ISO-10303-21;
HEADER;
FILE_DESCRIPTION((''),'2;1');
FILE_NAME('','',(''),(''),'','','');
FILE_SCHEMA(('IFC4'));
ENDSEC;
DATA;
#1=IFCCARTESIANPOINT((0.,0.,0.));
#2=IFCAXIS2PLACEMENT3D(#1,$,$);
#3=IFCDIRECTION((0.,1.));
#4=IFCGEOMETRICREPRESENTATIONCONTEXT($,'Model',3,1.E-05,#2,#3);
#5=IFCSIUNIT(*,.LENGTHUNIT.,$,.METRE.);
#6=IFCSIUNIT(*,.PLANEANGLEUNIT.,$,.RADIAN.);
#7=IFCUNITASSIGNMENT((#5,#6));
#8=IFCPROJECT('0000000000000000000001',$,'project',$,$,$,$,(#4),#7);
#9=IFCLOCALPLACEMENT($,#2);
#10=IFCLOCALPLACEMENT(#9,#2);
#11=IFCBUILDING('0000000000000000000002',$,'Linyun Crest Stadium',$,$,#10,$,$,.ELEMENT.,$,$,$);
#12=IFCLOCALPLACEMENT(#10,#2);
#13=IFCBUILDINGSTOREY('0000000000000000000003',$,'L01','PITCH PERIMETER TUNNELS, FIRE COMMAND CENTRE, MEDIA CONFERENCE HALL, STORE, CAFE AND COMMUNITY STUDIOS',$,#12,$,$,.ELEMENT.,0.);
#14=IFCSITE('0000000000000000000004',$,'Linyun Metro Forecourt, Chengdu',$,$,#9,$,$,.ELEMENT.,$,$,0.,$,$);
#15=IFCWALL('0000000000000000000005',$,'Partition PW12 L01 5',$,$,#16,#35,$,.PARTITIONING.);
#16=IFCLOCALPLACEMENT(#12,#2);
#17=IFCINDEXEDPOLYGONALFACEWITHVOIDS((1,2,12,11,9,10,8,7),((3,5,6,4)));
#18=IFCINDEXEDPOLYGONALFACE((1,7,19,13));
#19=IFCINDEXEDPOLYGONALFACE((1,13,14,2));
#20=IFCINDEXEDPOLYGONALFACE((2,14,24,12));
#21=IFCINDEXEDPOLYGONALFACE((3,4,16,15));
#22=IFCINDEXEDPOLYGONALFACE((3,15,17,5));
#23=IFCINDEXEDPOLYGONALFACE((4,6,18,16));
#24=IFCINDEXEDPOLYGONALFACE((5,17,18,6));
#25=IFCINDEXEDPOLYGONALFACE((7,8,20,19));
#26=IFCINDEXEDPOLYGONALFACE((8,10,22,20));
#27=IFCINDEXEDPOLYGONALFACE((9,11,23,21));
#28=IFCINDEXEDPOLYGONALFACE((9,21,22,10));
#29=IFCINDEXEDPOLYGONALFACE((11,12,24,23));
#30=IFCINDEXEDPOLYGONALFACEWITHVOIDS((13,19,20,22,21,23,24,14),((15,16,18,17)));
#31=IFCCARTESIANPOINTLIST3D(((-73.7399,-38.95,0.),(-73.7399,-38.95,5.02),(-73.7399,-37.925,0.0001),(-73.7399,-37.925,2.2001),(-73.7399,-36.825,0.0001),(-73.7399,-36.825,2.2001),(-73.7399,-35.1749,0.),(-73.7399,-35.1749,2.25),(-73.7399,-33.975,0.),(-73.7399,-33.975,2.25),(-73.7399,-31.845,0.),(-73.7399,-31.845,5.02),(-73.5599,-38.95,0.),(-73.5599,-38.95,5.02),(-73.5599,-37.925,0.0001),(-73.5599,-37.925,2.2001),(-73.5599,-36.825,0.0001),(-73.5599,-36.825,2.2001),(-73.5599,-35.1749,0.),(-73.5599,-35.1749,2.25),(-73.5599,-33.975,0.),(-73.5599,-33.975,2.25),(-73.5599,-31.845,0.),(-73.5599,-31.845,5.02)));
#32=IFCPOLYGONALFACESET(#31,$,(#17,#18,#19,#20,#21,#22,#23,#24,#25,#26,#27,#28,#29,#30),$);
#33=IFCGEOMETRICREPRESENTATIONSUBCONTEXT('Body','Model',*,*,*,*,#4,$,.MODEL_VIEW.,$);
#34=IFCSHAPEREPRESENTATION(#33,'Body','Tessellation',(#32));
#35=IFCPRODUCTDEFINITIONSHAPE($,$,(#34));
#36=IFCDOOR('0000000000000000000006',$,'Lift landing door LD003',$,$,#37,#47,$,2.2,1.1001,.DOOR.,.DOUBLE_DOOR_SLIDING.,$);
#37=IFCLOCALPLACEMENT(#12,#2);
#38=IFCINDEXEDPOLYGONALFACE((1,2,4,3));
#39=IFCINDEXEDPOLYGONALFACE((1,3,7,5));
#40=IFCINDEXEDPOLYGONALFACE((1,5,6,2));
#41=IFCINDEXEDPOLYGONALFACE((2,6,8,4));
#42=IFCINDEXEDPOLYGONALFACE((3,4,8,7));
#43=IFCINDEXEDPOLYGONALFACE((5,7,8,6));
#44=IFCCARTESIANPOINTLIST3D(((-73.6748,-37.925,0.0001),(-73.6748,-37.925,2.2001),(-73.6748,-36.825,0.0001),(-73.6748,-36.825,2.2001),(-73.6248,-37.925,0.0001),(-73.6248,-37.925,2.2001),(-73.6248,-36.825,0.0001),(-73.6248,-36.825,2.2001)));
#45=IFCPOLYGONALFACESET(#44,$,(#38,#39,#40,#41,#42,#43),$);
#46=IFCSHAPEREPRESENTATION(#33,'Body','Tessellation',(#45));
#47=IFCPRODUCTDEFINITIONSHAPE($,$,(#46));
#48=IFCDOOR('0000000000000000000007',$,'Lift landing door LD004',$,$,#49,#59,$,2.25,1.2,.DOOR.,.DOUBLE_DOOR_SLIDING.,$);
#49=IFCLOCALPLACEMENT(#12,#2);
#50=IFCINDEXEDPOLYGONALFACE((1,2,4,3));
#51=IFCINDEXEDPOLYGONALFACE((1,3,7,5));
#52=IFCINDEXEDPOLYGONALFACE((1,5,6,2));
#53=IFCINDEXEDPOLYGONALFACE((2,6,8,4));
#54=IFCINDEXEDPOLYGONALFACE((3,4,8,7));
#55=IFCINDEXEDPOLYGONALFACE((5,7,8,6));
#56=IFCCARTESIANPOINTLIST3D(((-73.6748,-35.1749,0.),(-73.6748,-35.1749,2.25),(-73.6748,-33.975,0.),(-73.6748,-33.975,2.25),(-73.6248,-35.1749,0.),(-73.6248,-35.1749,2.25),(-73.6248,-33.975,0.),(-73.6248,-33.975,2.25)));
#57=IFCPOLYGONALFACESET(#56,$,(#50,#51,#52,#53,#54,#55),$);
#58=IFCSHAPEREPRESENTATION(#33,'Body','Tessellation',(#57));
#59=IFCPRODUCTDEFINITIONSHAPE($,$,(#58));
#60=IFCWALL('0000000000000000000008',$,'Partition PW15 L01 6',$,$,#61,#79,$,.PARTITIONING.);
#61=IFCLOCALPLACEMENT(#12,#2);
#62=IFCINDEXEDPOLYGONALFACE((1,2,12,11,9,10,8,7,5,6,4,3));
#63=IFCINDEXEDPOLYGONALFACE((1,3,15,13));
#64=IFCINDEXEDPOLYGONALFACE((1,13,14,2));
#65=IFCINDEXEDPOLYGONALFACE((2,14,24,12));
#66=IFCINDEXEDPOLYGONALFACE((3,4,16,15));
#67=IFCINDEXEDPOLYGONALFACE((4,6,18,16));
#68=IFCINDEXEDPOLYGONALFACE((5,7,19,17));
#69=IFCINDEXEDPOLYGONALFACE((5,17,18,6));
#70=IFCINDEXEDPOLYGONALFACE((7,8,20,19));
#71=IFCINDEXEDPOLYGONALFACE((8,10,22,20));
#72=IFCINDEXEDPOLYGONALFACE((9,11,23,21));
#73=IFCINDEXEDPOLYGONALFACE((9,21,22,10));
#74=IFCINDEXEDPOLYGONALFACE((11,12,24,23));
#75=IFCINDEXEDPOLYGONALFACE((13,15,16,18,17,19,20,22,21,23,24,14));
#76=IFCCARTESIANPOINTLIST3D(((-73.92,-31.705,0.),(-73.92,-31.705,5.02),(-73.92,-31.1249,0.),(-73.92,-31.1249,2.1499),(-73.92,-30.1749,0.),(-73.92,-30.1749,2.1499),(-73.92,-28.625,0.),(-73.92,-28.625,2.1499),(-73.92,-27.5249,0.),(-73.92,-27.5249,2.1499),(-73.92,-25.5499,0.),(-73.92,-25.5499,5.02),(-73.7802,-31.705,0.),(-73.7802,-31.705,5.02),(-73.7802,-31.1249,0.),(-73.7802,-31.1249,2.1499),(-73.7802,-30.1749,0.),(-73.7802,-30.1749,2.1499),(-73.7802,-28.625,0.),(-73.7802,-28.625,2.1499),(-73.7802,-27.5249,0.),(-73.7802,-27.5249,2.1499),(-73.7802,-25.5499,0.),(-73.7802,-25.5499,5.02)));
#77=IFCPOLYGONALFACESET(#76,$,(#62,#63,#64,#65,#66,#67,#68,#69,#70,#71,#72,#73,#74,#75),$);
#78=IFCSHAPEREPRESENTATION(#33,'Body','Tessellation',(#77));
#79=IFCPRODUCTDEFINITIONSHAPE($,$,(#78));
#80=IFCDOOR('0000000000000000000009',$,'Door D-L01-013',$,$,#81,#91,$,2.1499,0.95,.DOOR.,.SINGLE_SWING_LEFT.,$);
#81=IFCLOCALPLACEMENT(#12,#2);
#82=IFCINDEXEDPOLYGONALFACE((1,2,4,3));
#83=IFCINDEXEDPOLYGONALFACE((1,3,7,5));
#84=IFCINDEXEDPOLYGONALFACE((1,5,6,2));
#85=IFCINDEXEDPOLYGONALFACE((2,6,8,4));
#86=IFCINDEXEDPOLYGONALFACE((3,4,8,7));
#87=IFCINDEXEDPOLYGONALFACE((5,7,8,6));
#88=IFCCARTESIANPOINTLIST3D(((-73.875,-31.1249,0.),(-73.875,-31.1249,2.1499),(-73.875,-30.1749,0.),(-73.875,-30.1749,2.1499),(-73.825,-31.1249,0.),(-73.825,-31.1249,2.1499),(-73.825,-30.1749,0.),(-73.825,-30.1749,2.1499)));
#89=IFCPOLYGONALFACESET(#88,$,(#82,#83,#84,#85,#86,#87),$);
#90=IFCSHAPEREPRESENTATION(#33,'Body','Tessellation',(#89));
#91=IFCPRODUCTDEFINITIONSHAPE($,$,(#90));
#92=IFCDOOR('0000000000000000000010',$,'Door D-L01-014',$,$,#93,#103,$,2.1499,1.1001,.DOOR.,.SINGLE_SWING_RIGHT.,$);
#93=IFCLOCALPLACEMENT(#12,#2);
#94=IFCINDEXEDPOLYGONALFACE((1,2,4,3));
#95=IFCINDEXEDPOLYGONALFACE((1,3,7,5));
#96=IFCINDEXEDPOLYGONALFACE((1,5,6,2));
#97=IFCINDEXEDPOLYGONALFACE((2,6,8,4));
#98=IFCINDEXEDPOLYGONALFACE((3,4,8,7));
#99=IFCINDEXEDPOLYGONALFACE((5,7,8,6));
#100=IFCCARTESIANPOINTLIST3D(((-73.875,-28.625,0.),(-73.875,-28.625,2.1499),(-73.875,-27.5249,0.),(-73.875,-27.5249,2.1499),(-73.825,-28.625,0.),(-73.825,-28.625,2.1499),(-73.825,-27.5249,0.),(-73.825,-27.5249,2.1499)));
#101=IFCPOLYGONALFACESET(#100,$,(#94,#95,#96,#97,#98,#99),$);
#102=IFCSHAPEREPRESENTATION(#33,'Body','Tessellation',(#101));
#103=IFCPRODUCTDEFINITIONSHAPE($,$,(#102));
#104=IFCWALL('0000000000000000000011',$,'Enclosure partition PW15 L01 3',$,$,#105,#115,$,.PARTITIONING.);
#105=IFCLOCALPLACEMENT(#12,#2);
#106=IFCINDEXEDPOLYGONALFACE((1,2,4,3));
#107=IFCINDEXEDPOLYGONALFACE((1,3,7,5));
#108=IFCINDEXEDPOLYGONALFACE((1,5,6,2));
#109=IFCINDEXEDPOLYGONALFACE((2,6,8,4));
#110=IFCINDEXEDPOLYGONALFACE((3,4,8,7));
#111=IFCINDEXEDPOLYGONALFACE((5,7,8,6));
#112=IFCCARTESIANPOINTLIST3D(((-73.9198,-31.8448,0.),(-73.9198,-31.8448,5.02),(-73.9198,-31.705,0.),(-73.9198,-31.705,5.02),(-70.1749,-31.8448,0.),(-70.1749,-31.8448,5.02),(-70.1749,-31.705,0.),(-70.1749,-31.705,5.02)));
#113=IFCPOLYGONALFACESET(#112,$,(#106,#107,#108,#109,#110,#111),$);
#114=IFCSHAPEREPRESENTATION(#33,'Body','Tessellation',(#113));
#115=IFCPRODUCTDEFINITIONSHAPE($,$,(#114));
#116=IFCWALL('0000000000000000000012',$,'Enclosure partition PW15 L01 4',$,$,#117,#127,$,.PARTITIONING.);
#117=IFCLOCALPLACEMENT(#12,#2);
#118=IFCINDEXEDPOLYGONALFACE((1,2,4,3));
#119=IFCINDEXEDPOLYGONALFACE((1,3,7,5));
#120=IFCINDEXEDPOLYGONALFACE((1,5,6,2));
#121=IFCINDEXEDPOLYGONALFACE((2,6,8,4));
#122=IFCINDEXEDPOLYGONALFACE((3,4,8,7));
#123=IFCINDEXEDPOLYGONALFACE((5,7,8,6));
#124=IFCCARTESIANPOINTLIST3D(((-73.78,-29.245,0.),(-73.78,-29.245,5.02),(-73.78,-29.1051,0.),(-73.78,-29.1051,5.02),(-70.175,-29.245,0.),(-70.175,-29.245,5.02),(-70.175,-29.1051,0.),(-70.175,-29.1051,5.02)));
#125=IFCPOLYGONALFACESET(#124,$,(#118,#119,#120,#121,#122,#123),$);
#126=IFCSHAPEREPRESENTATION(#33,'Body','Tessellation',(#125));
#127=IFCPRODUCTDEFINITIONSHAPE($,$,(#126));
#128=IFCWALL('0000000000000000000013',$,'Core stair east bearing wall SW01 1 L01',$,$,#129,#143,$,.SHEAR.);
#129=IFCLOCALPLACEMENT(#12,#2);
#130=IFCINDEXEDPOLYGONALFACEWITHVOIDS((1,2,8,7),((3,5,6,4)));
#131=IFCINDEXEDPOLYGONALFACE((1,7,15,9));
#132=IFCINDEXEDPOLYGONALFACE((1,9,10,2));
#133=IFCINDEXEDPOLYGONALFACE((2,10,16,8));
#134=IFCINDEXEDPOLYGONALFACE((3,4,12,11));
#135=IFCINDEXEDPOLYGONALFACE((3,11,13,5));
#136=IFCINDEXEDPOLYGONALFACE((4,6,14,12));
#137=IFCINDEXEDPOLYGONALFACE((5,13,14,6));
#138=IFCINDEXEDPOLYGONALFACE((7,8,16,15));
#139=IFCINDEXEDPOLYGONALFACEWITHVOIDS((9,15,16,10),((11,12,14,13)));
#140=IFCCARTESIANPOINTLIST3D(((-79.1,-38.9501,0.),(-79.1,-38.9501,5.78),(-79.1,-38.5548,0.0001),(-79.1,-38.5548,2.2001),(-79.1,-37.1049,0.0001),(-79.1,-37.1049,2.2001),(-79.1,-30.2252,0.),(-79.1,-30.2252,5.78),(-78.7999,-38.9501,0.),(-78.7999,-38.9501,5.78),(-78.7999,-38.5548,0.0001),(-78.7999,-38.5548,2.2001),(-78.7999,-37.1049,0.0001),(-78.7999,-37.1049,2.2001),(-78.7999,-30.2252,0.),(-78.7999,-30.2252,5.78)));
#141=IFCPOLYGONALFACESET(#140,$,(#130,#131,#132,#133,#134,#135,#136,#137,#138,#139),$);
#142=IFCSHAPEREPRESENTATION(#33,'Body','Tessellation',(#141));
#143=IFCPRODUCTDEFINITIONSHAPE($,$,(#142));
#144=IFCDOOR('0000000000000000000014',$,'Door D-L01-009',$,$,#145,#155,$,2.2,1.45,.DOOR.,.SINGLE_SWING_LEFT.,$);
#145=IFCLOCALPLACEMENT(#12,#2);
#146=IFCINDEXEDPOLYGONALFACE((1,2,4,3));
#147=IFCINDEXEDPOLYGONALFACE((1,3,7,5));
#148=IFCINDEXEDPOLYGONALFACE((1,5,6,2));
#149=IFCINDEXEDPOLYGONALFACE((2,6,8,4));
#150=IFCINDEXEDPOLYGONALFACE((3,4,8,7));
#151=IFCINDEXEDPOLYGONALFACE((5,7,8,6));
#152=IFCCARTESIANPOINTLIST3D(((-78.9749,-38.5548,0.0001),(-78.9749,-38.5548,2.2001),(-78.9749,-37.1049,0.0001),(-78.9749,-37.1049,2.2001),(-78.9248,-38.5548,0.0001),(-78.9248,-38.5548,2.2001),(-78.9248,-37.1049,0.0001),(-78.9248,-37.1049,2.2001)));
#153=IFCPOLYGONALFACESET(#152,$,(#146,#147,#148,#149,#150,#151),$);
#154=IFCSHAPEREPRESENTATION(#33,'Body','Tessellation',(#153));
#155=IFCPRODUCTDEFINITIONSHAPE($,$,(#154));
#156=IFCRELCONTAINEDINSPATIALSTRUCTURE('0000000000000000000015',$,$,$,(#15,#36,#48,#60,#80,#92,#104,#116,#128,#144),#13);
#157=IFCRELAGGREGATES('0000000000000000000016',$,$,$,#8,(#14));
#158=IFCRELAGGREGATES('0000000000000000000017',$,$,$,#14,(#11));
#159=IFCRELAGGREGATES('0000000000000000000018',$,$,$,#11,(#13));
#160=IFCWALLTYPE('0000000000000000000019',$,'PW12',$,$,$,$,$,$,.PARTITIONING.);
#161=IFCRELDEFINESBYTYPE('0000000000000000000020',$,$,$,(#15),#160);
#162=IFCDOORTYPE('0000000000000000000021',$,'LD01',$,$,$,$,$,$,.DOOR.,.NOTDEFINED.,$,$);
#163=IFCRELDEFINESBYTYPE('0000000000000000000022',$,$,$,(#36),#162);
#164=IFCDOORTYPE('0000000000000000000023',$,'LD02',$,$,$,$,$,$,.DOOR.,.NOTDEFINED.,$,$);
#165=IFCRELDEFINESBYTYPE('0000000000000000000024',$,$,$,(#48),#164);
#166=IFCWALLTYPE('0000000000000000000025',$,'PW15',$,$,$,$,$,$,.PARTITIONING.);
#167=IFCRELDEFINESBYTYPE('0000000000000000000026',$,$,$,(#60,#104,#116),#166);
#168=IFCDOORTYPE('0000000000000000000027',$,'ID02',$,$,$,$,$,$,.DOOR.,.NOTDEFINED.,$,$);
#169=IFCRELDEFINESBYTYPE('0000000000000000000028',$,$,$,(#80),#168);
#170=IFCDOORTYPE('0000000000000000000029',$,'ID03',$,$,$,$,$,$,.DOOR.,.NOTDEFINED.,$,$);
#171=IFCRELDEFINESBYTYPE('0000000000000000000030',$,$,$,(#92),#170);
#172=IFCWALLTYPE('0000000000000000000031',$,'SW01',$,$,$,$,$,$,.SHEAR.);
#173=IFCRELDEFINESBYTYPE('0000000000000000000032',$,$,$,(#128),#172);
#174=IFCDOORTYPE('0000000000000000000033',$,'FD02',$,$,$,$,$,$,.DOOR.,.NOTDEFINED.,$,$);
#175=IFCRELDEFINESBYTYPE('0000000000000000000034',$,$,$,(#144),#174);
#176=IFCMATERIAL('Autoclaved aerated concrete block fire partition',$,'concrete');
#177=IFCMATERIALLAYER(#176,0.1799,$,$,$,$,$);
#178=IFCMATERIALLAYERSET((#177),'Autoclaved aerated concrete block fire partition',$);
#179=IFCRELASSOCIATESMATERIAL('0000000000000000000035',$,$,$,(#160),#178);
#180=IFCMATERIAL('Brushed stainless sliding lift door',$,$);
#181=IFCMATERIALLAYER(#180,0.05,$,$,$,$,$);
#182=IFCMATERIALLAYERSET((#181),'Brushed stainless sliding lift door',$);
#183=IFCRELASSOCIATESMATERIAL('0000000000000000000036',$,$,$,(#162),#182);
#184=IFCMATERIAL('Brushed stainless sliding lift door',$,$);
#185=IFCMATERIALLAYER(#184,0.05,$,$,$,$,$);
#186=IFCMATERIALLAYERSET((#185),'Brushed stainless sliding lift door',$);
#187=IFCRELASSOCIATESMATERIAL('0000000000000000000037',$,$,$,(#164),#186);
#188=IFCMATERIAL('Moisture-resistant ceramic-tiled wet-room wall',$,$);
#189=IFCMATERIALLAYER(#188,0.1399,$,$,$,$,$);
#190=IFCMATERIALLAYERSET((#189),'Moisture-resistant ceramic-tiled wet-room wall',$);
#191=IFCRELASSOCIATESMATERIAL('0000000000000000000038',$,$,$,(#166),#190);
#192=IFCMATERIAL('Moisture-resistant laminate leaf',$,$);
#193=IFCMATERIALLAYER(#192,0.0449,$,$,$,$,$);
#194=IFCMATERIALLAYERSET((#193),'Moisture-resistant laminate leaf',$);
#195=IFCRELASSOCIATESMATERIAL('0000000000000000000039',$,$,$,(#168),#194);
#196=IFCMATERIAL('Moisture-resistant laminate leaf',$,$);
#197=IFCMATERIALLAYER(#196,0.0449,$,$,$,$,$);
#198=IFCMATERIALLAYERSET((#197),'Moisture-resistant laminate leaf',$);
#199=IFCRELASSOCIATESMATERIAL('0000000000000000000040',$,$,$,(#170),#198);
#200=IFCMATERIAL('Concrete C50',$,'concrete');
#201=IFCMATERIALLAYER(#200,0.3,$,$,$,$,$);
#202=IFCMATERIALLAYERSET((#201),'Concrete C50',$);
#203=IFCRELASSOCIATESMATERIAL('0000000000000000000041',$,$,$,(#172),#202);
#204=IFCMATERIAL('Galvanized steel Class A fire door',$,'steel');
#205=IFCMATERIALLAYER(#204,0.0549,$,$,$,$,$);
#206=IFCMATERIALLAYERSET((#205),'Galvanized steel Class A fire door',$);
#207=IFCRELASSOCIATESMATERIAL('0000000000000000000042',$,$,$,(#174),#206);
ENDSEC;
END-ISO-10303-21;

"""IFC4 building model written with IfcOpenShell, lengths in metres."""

from ifc_helpers import new_model, si_unit, direction, frame, frame_2d, origin, place, context, subcontext, project, spatial, rectangle, extrude, material, layer, layer_set, type_object, element, fill, save


model = new_model("IFC4")

# Units and contexts
model_context = context("Model", 3, precision=1e-05, world=origin(), true_north=direction((0.0, 1.0)))
body_context = subcontext(model_context, "Body", "Model", "MODEL_VIEW")
ifc_project = project(units=[si_unit("LENGTHUNIT", "METRE"), si_unit("PLANEANGLEUNIT", "RADIAN")], contexts=[model_context])

# Site, building, storey
site_placement = place(None, origin())
site = spatial("IfcSite", under=ifc_project, at=site_placement, Name="Linyun Metro Forecourt, Chengdu", CompositionType="ELEMENT", RefElevation=0.0)
building_placement = place(site_placement, origin())
building = spatial("IfcBuilding", under=site, at=building_placement, Name="Linyun Crest Stadium", CompositionType="ELEMENT")
storey_placement = place(building_placement, origin())
storey = spatial("IfcBuildingStorey", under=building, at=storey_placement, Name="L01", Description="PITCH PERIMETER TUNNELS, FIRE COMMAND CENTRE, MEDIA CONFERENCE HALL, STORE, CAFE AND COMMUNITY STUDIOS", CompositionType="ELEMENT", Elevation=0.0)

# Walls, openings, doors
ifc_material_1 = material(Name="Autoclaved aerated concrete block fire partition", Category="concrete")
ifc_layer_1 = layer(ifc_material_1, 0.1799)
ifc_layer_set_1 = layer_set([ifc_layer_1], Name="Autoclaved aerated concrete block fire partition")
wall_type_1 = type_object("IfcWallType", Name="PW12", PredefinedType="PARTITIONING", material=ifc_layer_set_1)
wall_1_placement = place(storey_placement, frame((-73.6499, -38.95, 0.0), z_axis=(0.0, 0.0, 1.0), x_axis=(0.0, 1.0, 0.0)))
wall_1 = element("IfcWall", 1, at=wall_1_placement, inside=storey, type_object=wall_type_1, Name="Partition PW12 L01 5", PredefinedType="PARTITIONING", context=body_context, shape_type="SweptSolid", body=[
    extrude(rectangle(XDim=7.105, YDim=0.1799, at=frame_2d((3.5525, 0.0))), origin(), (0.0, 0.0, 1.0), 5.02),
])
opening_1_placement = place(wall_1_placement, frame((1.0249, 0.0, 0.0)))
opening_1 = element("IfcOpeningElement", 2, at=opening_1_placement, cuts=wall_1, PredefinedType="OPENING", context=body_context, shape_type="SweptSolid", body=[
    extrude(rectangle(XDim=1.1001, YDim=2.2, at=frame_2d((0.55, 1.1001))), frame((0.0, 0.0999, 0.0), z_axis=(0.0, -1.0, 0.0), x_axis=(1.0, 0.0, 0.0)), (0.0, 0.0, 1.0), 0.2),
])
opening_2_placement = place(wall_1_placement, frame((3.7749, 0.0, 0.0)))
opening_2 = element("IfcOpeningElement", 3, at=opening_2_placement, cuts=wall_1, PredefinedType="OPENING", context=body_context, shape_type="SweptSolid", body=[
    extrude(rectangle(XDim=1.2, YDim=2.25, at=frame_2d((0.6001, 1.125))), frame((0.0, 0.0999, 0.0), z_axis=(0.0, -1.0, 0.0), x_axis=(1.0, 0.0, 0.0)), (0.0, 0.0, 1.0), 0.2),
])
ifc_material_2 = material(Name="Brushed stainless sliding lift door")
ifc_layer_2 = layer(ifc_material_2, 0.05)
ifc_layer_set_2 = layer_set([ifc_layer_2], Name="Brushed stainless sliding lift door")
door_type_1 = type_object("IfcDoorType", Name="LD01", OperationType="NOTDEFINED", PredefinedType="DOOR", material=ifc_layer_set_2)
door_1_placement = place(opening_1_placement, origin())
door_1 = element("IfcDoor", 4, at=door_1_placement, inside=storey, type_object=door_type_1, Name="Lift landing door LD003", OperationType="DOUBLE_DOOR_SLIDING", OverallHeight=2.2, OverallWidth=1.1001, PredefinedType="DOOR", context=body_context, shape_type="SweptSolid", body=[
    extrude(rectangle(XDim=1.1001, YDim=2.2, at=frame_2d((0.55, 1.1001))), frame((0.0, 0.0249, 0.0), z_axis=(0.0, -1.0, 0.0), x_axis=(1.0, 0.0, 0.0)), (0.0, 0.0, 1.0), 0.05),
])
fill(opening_1, door_1)
ifc_material_3 = material(Name="Brushed stainless sliding lift door")
ifc_layer_3 = layer(ifc_material_3, 0.05)
ifc_layer_set_3 = layer_set([ifc_layer_3], Name="Brushed stainless sliding lift door")
door_type_2 = type_object("IfcDoorType", Name="LD02", OperationType="NOTDEFINED", PredefinedType="DOOR", material=ifc_layer_set_3)
door_2_placement = place(opening_2_placement, origin())
door_2 = element("IfcDoor", 5, at=door_2_placement, inside=storey, type_object=door_type_2, Name="Lift landing door LD004", OperationType="DOUBLE_DOOR_SLIDING", OverallHeight=2.25, OverallWidth=1.2, PredefinedType="DOOR", context=body_context, shape_type="SweptSolid", body=[
    extrude(rectangle(XDim=1.2, YDim=2.25, at=frame_2d((0.6001, 1.125))), frame((0.0, 0.0249, 0.0), z_axis=(0.0, -1.0, 0.0), x_axis=(1.0, 0.0, 0.0)), (0.0, 0.0, 1.0), 0.05),
])
fill(opening_2, door_2)
ifc_material_4 = material(Name="Moisture-resistant ceramic-tiled wet-room wall")
ifc_layer_4 = layer(ifc_material_4, 0.1399)
ifc_layer_set_4 = layer_set([ifc_layer_4], Name="Moisture-resistant ceramic-tiled wet-room wall")
wall_type_2 = type_object("IfcWallType", Name="PW15", PredefinedType="PARTITIONING", material=ifc_layer_set_4)
wall_2_placement = place(storey_placement, frame((-73.8501, -31.7051, 0.0), z_axis=(0.0, 0.0, 1.0), x_axis=(0.0, 1.0, 0.0)))
wall_2 = element("IfcWall", 6, at=wall_2_placement, inside=storey, type_object=wall_type_2, Name="Partition PW15 L01 6", PredefinedType="PARTITIONING", context=body_context, shape_type="SweptSolid", body=[
    extrude(rectangle(XDim=6.155, YDim=0.1399, at=frame_2d((3.0776, 0.0))), origin(), (0.0, 0.0, 1.0), 5.02),
])
opening_3_placement = place(wall_2_placement, frame((0.5801, 0.0, 0.0)))
opening_3 = element("IfcOpeningElement", 7, at=opening_3_placement, cuts=wall_2, PredefinedType="OPENING", context=body_context, shape_type="SweptSolid", body=[
    extrude(rectangle(XDim=0.95, YDim=2.1499, at=frame_2d((0.4751, 1.075))), frame((0.0, 0.0798, 0.0), z_axis=(0.0, -1.0, 0.0), x_axis=(1.0, 0.0, 0.0)), (0.0, 0.0, 1.0), 0.1599),
])
opening_4_placement = place(wall_2_placement, frame((3.0801, 0.0, 0.0)))
opening_4 = element("IfcOpeningElement", 8, at=opening_4_placement, cuts=wall_2, PredefinedType="OPENING", context=body_context, shape_type="SweptSolid", body=[
    extrude(rectangle(XDim=1.1001, YDim=2.1499, at=frame_2d((0.55, 1.075))), frame((0.0, 0.0798, 0.0), z_axis=(0.0, -1.0, 0.0), x_axis=(1.0, 0.0, 0.0)), (0.0, 0.0, 1.0), 0.1599),
])
ifc_material_5 = material(Name="Moisture-resistant laminate leaf")
ifc_layer_5 = layer(ifc_material_5, 0.0449)
ifc_layer_set_5 = layer_set([ifc_layer_5], Name="Moisture-resistant laminate leaf")
door_type_3 = type_object("IfcDoorType", Name="ID02", OperationType="NOTDEFINED", PredefinedType="DOOR", material=ifc_layer_set_5)
door_3_placement = place(opening_3_placement, origin())
door_3 = element("IfcDoor", 9, at=door_3_placement, inside=storey, type_object=door_type_3, Name="Door D-L01-013", OperationType="SINGLE_SWING_LEFT", OverallHeight=2.1499, OverallWidth=0.95, PredefinedType="DOOR", context=body_context, shape_type="SweptSolid", body=[
    extrude(rectangle(XDim=0.95, YDim=2.1499, at=frame_2d((0.4751, 1.075))), frame((0.0, 0.0249, 0.0), z_axis=(0.0, -1.0, 0.0), x_axis=(1.0, 0.0, 0.0)), (0.0, 0.0, 1.0), 0.05),
])
fill(opening_3, door_3)
ifc_material_6 = material(Name="Moisture-resistant laminate leaf")
ifc_layer_6 = layer(ifc_material_6, 0.0449)
ifc_layer_set_6 = layer_set([ifc_layer_6], Name="Moisture-resistant laminate leaf")
door_type_4 = type_object("IfcDoorType", Name="ID03", OperationType="NOTDEFINED", PredefinedType="DOOR", material=ifc_layer_set_6)
door_4_placement = place(opening_4_placement, origin())
door_4 = element("IfcDoor", 10, at=door_4_placement, inside=storey, type_object=door_type_4, Name="Door D-L01-014", OperationType="SINGLE_SWING_RIGHT", OverallHeight=2.1499, OverallWidth=1.1001, PredefinedType="DOOR", context=body_context, shape_type="SweptSolid", body=[
    extrude(rectangle(XDim=1.1001, YDim=2.1499, at=frame_2d((0.55, 1.075))), frame((0.0, 0.0249, 0.0), z_axis=(0.0, -1.0, 0.0), x_axis=(1.0, 0.0, 0.0)), (0.0, 0.0, 1.0), 0.05),
])
fill(opening_4, door_4)

# Walls
wall_3_placement = place(storey_placement, frame((-73.9199, -31.7749, 0.0), z_axis=(0.0, 0.0, 1.0), x_axis=(1.0, 0.0, 0.0)))
element("IfcWall", 11, at=wall_3_placement, inside=storey, type_object=wall_type_2, Name="Enclosure partition PW15 L01 3", PredefinedType="PARTITIONING", context=body_context, shape_type="SweptSolid", body=[
    extrude(rectangle(XDim=3.7449, YDim=0.1399, at=frame_2d((1.8726, 0.0))), origin(), (0.0, 0.0, 1.0), 5.02),
])
wall_4_placement = place(storey_placement, frame((-73.78, -29.175, 0.0), z_axis=(0.0, 0.0, 1.0), x_axis=(1.0, 0.0, 0.0)))
element("IfcWall", 12, at=wall_4_placement, inside=storey, type_object=wall_type_2, Name="Enclosure partition PW15 L01 4", PredefinedType="PARTITIONING", context=body_context, shape_type="SweptSolid", body=[
    extrude(rectangle(XDim=3.605, YDim=0.1399, at=frame_2d((1.8025, 0.0))), origin(), (0.0, 0.0, 1.0), 5.02),
])

# Wall, opening, door
ifc_material_7 = material(Name="Concrete C50", Category="concrete")
ifc_layer_7 = layer(ifc_material_7, 0.3)
ifc_layer_set_7 = layer_set([ifc_layer_7], Name="Concrete C50")
wall_type_3 = type_object("IfcWallType", Name="SW01", PredefinedType="SHEAR", material=ifc_layer_set_7)
wall_5_placement = place(storey_placement, frame((-78.95, -38.95, 0.0), z_axis=(0.0, 0.0, 1.0), x_axis=(0.0, 1.0, 0.0)))
wall_5 = element("IfcWall", 13, at=wall_5_placement, inside=storey, type_object=wall_type_3, Name="Core stair east bearing wall SW01 1 L01", PredefinedType="SHEAR", context=body_context, shape_type="SweptSolid", body=[
    extrude(rectangle(XDim=8.7249, YDim=0.3, at=frame_2d((4.3623, 0.0))), origin(), (0.0, 0.0, 1.0), 5.78),
])
opening_5_placement = place(wall_5_placement, frame((0.395, 0.0, 0.0)))
opening_5 = element("IfcOpeningElement", 14, at=opening_5_placement, cuts=wall_5, PredefinedType="OPENING", context=body_context, shape_type="SweptSolid", body=[
    extrude(rectangle(XDim=1.45, YDim=2.2, at=frame_2d((0.7251, 1.1001))), frame((0.0, 0.1599, 0.0), z_axis=(0.0, -1.0, 0.0), x_axis=(1.0, 0.0, 0.0)), (0.0, 0.0, 1.0), 0.3201),
])
ifc_material_8 = material(Name="Galvanized steel Class A fire door", Category="steel")
ifc_layer_8 = layer(ifc_material_8, 0.0549)
ifc_layer_set_8 = layer_set([ifc_layer_8], Name="Galvanized steel Class A fire door")
door_type_5 = type_object("IfcDoorType", Name="FD02", OperationType="NOTDEFINED", PredefinedType="DOOR", material=ifc_layer_set_8)
door_5_placement = place(opening_5_placement, origin())
door_5 = element("IfcDoor", 15, at=door_5_placement, inside=storey, type_object=door_type_5, Name="Door D-L01-009", OperationType="SINGLE_SWING_LEFT", OverallHeight=2.2, OverallWidth=1.45, PredefinedType="DOOR", context=body_context, shape_type="SweptSolid", body=[
    extrude(rectangle(XDim=1.45, YDim=2.2, at=frame_2d((0.7251, 1.1001))), frame((0.0, 0.0249, 0.0), z_axis=(0.0, -1.0, 0.0), x_axis=(1.0, 0.0, 0.0)), (0.0, 0.0, 1.0), 0.05),
])
fill(opening_5, door_5)

save(model, "model.ifc")
